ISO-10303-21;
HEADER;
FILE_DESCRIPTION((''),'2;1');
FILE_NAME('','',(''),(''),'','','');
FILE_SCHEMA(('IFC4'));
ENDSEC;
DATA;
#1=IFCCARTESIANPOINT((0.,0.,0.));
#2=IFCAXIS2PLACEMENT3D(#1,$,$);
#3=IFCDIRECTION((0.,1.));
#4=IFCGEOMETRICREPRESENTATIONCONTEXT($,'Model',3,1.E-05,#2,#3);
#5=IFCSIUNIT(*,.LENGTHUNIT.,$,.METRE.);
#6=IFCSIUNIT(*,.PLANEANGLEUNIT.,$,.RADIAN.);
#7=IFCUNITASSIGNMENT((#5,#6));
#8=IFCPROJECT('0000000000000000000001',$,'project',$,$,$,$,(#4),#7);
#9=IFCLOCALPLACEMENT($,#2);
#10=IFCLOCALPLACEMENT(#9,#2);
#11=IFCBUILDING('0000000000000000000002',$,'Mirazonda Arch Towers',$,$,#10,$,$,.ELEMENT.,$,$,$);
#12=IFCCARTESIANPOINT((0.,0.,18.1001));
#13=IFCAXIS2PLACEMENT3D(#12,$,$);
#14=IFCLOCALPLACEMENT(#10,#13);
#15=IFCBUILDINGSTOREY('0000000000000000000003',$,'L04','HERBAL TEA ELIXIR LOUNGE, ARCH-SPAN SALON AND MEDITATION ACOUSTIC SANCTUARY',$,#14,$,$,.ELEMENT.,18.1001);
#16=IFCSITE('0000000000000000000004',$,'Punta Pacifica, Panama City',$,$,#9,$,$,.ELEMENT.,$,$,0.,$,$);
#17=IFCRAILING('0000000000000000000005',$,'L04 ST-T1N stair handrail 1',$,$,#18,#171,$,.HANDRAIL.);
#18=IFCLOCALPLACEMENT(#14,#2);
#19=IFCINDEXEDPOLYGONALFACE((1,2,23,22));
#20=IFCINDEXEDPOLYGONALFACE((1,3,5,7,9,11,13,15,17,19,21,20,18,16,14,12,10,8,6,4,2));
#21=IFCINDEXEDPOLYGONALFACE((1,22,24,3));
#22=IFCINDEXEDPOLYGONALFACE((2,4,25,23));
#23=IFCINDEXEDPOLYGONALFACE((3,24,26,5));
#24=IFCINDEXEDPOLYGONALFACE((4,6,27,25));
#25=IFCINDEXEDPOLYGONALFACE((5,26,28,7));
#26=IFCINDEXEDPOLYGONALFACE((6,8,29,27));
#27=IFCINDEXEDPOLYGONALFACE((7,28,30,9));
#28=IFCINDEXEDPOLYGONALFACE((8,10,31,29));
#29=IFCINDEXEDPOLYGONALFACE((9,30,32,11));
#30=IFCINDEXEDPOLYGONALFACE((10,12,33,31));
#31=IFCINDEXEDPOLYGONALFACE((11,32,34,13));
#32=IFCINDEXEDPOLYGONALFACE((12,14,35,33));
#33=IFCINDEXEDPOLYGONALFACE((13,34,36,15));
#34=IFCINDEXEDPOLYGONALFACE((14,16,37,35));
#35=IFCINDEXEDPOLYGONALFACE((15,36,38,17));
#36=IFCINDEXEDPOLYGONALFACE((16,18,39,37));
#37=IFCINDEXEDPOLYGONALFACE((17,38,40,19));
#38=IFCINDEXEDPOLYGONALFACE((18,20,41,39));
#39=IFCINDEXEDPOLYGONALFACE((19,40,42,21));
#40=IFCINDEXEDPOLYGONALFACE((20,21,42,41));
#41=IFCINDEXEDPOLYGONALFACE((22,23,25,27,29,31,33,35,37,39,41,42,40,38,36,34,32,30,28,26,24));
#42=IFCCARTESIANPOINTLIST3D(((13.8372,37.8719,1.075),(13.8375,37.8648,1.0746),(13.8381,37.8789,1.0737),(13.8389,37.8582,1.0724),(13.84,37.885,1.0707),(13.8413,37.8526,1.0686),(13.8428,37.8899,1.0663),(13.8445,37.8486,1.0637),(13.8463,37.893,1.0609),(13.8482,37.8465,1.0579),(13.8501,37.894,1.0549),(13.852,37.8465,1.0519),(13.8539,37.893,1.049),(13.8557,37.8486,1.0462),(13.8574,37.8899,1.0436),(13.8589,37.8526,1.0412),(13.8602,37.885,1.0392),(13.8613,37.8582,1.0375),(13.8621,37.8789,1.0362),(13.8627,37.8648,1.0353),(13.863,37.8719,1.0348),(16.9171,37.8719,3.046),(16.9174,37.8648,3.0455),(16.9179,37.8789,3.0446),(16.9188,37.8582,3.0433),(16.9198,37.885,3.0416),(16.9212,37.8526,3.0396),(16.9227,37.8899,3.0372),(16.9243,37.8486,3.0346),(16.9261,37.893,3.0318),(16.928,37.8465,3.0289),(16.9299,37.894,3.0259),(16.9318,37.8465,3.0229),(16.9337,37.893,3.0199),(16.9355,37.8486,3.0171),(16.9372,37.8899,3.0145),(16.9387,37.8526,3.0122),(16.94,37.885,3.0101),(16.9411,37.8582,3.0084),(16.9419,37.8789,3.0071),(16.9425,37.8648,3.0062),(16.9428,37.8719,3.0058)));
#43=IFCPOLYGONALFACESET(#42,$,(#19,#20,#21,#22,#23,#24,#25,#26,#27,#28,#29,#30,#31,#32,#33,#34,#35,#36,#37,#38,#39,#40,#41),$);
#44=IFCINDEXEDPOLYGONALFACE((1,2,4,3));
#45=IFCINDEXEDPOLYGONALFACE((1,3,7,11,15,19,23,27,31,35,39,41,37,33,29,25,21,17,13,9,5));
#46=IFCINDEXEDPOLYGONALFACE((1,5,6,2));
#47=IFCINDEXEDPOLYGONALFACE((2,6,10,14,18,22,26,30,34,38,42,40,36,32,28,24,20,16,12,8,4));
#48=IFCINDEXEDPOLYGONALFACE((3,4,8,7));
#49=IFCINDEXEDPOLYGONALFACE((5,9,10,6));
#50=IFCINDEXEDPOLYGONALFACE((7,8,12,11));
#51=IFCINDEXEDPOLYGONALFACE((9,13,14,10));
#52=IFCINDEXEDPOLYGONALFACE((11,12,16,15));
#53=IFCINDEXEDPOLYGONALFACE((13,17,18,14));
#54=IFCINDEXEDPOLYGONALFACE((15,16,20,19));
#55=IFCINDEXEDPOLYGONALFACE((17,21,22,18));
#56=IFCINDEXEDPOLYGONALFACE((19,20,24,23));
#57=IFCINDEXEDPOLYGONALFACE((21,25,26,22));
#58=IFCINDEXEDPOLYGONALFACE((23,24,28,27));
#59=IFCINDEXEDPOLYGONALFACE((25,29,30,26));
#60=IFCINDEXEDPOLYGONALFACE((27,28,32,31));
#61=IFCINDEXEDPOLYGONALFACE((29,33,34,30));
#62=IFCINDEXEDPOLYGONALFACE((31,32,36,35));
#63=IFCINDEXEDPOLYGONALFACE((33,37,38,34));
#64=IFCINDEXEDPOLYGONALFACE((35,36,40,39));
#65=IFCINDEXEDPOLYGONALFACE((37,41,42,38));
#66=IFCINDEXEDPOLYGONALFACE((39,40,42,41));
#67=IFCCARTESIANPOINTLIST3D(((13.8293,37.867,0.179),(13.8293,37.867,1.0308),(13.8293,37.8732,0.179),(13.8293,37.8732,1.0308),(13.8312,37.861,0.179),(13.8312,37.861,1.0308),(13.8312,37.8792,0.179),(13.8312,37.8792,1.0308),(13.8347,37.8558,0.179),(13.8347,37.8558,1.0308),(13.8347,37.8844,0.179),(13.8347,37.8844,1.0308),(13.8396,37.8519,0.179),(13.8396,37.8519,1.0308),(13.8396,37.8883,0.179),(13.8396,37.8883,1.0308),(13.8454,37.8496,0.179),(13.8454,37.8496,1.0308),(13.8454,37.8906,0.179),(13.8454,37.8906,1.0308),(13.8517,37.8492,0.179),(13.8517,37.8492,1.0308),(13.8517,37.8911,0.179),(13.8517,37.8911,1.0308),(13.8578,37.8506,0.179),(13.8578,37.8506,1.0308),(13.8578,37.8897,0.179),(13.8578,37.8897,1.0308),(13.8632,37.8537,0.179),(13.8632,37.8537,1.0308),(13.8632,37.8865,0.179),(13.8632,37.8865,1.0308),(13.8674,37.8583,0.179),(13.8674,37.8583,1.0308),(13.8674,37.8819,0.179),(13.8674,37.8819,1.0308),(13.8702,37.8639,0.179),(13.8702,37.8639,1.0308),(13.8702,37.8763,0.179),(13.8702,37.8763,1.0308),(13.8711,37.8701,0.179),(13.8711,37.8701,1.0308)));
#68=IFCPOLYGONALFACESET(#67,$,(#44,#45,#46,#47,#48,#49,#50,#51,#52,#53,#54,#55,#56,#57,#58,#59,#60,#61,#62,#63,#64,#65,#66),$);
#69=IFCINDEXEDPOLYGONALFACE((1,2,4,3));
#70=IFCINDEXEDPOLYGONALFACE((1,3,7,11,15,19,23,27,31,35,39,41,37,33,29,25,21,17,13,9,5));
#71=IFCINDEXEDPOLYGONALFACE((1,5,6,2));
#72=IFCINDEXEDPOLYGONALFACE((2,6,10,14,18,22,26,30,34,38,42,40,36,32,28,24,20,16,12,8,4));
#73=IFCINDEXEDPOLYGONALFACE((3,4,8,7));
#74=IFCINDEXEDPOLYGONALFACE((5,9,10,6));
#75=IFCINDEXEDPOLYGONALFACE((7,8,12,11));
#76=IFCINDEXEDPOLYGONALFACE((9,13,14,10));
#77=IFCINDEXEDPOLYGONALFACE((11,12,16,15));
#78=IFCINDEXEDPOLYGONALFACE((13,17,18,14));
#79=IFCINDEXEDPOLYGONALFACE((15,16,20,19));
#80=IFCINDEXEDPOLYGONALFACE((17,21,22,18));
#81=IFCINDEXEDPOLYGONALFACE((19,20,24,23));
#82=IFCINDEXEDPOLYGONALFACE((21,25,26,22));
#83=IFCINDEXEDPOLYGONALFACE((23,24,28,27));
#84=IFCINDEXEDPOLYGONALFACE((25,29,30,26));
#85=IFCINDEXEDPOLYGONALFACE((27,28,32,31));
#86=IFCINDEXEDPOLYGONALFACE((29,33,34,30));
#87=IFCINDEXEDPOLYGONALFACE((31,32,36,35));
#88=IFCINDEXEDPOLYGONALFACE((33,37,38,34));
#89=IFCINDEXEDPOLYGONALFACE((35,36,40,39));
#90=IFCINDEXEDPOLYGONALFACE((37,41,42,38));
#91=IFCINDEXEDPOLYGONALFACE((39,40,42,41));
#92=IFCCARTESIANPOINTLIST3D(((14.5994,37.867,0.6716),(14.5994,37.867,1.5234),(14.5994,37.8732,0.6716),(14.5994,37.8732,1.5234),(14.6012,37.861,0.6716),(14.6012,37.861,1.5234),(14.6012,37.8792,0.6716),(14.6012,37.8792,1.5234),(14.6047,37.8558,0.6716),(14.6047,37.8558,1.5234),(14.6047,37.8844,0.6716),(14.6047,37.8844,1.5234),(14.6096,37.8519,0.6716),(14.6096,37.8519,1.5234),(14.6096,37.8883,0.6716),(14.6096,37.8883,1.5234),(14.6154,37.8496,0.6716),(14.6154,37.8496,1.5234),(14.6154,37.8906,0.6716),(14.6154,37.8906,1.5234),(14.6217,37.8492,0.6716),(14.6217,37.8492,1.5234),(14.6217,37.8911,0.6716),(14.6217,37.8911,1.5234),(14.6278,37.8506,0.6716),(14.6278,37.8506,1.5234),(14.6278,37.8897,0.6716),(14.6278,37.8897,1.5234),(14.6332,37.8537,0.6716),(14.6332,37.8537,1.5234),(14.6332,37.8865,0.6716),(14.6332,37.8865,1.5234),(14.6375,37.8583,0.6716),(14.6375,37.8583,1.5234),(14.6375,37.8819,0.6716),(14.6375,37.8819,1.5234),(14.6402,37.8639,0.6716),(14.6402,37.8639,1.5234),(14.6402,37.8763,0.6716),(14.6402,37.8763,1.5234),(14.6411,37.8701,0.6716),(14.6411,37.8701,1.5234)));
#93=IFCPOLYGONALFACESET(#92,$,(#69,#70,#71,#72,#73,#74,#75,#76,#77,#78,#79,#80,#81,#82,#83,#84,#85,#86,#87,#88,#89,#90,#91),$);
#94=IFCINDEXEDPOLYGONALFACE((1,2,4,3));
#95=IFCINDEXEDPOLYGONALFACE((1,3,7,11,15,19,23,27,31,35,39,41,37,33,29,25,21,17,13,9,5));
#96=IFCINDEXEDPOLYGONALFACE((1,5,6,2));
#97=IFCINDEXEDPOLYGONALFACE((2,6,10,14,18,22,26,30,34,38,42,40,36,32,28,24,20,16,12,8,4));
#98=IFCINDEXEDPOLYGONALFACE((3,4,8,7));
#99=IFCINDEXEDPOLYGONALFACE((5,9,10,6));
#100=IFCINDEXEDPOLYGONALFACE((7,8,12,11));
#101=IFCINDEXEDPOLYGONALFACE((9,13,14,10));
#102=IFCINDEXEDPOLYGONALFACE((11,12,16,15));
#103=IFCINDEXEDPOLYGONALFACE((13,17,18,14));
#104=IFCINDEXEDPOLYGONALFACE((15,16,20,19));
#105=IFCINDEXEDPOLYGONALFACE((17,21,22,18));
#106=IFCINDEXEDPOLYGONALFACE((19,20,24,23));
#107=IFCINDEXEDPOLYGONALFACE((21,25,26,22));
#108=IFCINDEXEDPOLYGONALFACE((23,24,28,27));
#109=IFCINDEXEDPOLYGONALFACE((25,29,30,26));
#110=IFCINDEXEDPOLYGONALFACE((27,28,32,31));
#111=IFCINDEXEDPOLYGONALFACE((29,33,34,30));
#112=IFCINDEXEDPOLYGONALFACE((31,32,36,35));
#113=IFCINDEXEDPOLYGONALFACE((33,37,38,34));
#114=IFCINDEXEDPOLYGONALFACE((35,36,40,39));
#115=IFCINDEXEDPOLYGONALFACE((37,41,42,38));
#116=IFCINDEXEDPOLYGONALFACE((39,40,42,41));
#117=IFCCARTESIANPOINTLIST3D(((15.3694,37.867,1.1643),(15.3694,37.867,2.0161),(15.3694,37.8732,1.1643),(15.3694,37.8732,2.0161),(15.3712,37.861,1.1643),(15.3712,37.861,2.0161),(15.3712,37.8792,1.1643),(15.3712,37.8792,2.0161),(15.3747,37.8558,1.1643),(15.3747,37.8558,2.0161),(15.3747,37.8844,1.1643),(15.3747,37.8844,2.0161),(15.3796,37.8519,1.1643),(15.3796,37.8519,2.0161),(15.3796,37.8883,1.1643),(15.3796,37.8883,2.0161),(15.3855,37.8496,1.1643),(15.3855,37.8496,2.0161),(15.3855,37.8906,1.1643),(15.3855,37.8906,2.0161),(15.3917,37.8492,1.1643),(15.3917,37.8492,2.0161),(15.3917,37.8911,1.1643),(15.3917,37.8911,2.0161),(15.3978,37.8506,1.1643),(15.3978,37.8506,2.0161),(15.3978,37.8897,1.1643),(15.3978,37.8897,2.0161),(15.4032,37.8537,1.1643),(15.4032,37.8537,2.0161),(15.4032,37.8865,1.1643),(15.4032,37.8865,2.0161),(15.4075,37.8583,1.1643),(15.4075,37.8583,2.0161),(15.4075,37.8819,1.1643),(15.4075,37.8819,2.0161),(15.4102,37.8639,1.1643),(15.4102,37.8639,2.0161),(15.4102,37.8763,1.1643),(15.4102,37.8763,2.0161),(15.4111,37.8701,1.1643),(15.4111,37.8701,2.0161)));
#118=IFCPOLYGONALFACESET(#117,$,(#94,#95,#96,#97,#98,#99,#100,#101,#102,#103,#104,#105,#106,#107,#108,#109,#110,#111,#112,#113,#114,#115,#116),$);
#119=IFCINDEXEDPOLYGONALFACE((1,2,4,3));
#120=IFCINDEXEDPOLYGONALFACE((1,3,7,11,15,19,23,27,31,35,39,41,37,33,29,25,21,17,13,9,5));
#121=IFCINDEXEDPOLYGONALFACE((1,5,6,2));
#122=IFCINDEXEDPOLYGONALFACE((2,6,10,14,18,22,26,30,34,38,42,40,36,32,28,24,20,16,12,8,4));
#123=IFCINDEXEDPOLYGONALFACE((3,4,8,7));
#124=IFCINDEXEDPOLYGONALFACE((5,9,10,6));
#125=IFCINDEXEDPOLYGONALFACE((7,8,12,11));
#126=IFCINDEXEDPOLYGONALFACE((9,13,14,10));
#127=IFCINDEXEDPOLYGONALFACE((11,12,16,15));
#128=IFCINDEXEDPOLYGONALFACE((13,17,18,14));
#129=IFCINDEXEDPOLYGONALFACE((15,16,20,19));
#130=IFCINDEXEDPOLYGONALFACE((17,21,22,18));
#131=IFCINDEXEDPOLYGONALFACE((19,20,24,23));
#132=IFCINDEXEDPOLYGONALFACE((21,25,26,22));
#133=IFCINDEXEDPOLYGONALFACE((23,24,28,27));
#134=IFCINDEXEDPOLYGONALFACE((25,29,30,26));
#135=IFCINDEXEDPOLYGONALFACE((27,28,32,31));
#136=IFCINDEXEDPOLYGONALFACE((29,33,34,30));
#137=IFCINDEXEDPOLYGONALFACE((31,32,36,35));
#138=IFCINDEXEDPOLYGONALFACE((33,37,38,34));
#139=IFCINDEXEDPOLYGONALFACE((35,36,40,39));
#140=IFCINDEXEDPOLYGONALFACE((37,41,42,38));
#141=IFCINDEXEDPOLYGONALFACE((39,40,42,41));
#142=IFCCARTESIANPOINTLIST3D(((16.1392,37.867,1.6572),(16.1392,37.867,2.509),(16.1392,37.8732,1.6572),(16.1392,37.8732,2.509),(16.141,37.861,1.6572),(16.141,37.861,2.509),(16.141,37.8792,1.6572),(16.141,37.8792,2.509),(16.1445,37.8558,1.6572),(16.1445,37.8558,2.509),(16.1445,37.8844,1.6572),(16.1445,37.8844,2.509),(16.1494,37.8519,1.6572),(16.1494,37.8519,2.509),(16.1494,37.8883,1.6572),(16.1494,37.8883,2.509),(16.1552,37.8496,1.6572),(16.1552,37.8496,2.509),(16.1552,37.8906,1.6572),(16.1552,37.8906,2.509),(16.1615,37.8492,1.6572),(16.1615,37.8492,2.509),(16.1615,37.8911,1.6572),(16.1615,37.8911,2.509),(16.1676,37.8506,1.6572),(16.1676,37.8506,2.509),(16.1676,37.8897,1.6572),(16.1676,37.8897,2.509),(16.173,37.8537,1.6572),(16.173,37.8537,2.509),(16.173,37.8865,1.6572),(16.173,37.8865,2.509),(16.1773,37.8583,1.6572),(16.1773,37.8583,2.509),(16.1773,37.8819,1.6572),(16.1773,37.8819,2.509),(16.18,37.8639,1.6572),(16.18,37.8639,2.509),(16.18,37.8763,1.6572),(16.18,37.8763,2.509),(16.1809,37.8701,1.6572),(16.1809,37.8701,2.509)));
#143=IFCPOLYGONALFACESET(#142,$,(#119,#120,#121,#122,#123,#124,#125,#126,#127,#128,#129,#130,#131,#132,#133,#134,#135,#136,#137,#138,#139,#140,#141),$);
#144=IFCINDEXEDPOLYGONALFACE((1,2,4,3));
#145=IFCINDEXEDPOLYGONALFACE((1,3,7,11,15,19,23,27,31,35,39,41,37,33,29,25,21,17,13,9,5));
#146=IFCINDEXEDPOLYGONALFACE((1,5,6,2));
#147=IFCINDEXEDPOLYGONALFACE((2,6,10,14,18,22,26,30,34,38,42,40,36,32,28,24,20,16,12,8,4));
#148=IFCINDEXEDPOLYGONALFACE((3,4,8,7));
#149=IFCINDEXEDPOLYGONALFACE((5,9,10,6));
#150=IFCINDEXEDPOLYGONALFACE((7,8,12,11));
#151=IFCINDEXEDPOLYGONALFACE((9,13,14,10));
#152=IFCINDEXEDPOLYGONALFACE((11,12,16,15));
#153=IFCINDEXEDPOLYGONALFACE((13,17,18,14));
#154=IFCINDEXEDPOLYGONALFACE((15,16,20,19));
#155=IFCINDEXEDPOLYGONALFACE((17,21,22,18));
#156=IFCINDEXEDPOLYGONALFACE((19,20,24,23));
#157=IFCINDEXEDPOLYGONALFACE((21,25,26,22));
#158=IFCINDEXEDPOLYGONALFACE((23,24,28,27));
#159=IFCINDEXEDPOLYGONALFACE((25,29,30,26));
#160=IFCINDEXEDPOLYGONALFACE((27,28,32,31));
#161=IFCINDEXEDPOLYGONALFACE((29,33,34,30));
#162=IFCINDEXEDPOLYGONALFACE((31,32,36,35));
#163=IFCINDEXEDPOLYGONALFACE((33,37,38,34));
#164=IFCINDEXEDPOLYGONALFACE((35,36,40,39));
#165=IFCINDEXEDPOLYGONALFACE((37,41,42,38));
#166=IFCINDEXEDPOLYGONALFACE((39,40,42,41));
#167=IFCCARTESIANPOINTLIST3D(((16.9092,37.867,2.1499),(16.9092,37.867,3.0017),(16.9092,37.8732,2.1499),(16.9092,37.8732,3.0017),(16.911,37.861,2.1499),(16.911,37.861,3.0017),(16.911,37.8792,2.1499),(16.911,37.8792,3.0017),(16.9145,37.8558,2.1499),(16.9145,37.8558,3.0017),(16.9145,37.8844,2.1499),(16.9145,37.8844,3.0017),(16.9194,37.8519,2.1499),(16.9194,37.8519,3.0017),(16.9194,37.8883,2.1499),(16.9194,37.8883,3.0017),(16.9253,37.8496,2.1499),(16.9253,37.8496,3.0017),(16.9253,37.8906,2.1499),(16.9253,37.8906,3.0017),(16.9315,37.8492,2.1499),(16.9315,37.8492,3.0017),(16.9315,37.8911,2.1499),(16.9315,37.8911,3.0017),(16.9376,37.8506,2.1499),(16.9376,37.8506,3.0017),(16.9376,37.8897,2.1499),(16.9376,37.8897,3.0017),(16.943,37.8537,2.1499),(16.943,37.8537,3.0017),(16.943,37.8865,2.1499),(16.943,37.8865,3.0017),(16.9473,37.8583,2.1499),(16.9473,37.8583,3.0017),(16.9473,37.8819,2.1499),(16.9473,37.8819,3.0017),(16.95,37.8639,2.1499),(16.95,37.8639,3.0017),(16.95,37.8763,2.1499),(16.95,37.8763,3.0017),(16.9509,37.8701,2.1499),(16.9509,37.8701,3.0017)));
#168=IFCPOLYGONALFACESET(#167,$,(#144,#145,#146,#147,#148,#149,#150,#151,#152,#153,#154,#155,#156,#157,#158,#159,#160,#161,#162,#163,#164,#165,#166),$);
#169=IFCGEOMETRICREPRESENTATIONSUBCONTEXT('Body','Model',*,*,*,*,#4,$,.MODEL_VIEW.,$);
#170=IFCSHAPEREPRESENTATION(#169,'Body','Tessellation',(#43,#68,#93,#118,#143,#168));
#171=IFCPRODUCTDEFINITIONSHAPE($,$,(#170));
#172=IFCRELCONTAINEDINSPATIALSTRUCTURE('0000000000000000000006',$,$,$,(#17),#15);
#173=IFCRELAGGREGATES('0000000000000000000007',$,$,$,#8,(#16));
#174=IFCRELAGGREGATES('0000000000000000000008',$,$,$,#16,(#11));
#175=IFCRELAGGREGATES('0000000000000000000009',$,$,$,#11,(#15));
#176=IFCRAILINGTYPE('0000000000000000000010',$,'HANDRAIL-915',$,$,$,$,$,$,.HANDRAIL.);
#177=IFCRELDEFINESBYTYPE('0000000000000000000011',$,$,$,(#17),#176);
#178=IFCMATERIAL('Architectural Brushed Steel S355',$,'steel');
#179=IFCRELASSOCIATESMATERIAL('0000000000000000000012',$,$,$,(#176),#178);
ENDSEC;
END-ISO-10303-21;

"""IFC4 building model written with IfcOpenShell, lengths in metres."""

from ifc_helpers import new_model, si_unit, direction, frame, origin, origin_2d, place, context, subcontext, project, spatial, circle, extrude, material, type_object, element, save


model = new_model("IFC4")

# Units and contexts
model_context = context("Model", 3, precision=1e-05, world=origin(), true_north=direction((0.0, 1.0)))
body_context = subcontext(model_context, "Body", "Model", "MODEL_VIEW")
ifc_project = project(units=[si_unit("LENGTHUNIT", "METRE"), si_unit("PLANEANGLEUNIT", "RADIAN")], contexts=[model_context])

# Site, building, storey
site_placement = place(None, origin())
site = spatial("IfcSite", under=ifc_project, at=site_placement, Name="Punta Pacifica, Panama City", CompositionType="ELEMENT", RefElevation=0.0)
building_placement = place(site_placement, origin())
building = spatial("IfcBuilding", under=site, at=building_placement, Name="Mirazonda Arch Towers", CompositionType="ELEMENT")
storey_placement = place(building_placement, frame((0.0, 0.0, 18.1001)))
storey = spatial("IfcBuildingStorey", under=building, at=storey_placement, Name="L04", Description="HERBAL TEA ELIXIR LOUNGE, ARCH-SPAN SALON AND MEDITATION ACOUSTIC SANCTUARY", CompositionType="ELEMENT", Elevation=18.1001)

# Shared definitions
ifc_material_1 = material(Name="Architectural Brushed Steel S355", Category="steel")

# Railing
railing_type_1 = type_object("IfcRailingType", Name="HANDRAIL-915", PredefinedType="HANDRAIL", material=ifc_material_1)
railing_1_placement = place(storey_placement, frame((13.8501, 37.8701, 0.179)))
element("IfcRailing", 1, at=railing_1_placement, inside=storey, type_object=railing_type_1, Name="L04 ST-T1N stair handrail 1", PredefinedType="HANDRAIL", context=body_context, shape_type="SweptSolid", body=[
    extrude(circle(Radius=0.0239, at=origin_2d()), frame((0.0, 0.0, 0.876), z_axis=(0.84229, 0.0, 0.539025), x_axis=(0.0, 1.0, 0.0)), (0.0, 0.0, 1.0), 3.6565),
    extrude(circle(Radius=0.021, at=origin_2d()), origin(), (0.0, 0.0, 1.0), 0.8518),
    extrude(circle(Radius=0.021, at=origin_2d()), frame((0.77, 0.0, 0.4927)), (0.0, 0.0, 1.0), 0.8518),
    extrude(circle(Radius=0.021, at=origin_2d()), frame((1.54, 0.0, 0.9854)), (0.0, 0.0, 1.0), 0.8518),
    extrude(circle(Radius=0.021, at=origin_2d()), frame((2.3098, 0.0, 1.4783)), (0.0, 0.0, 1.0), 0.8518),
    extrude(circle(Radius=0.021, at=origin_2d()), frame((3.0798, 0.0, 1.9709)), (0.0, 0.0, 1.0), 0.8518),
])

save(model, "model.ifc")
